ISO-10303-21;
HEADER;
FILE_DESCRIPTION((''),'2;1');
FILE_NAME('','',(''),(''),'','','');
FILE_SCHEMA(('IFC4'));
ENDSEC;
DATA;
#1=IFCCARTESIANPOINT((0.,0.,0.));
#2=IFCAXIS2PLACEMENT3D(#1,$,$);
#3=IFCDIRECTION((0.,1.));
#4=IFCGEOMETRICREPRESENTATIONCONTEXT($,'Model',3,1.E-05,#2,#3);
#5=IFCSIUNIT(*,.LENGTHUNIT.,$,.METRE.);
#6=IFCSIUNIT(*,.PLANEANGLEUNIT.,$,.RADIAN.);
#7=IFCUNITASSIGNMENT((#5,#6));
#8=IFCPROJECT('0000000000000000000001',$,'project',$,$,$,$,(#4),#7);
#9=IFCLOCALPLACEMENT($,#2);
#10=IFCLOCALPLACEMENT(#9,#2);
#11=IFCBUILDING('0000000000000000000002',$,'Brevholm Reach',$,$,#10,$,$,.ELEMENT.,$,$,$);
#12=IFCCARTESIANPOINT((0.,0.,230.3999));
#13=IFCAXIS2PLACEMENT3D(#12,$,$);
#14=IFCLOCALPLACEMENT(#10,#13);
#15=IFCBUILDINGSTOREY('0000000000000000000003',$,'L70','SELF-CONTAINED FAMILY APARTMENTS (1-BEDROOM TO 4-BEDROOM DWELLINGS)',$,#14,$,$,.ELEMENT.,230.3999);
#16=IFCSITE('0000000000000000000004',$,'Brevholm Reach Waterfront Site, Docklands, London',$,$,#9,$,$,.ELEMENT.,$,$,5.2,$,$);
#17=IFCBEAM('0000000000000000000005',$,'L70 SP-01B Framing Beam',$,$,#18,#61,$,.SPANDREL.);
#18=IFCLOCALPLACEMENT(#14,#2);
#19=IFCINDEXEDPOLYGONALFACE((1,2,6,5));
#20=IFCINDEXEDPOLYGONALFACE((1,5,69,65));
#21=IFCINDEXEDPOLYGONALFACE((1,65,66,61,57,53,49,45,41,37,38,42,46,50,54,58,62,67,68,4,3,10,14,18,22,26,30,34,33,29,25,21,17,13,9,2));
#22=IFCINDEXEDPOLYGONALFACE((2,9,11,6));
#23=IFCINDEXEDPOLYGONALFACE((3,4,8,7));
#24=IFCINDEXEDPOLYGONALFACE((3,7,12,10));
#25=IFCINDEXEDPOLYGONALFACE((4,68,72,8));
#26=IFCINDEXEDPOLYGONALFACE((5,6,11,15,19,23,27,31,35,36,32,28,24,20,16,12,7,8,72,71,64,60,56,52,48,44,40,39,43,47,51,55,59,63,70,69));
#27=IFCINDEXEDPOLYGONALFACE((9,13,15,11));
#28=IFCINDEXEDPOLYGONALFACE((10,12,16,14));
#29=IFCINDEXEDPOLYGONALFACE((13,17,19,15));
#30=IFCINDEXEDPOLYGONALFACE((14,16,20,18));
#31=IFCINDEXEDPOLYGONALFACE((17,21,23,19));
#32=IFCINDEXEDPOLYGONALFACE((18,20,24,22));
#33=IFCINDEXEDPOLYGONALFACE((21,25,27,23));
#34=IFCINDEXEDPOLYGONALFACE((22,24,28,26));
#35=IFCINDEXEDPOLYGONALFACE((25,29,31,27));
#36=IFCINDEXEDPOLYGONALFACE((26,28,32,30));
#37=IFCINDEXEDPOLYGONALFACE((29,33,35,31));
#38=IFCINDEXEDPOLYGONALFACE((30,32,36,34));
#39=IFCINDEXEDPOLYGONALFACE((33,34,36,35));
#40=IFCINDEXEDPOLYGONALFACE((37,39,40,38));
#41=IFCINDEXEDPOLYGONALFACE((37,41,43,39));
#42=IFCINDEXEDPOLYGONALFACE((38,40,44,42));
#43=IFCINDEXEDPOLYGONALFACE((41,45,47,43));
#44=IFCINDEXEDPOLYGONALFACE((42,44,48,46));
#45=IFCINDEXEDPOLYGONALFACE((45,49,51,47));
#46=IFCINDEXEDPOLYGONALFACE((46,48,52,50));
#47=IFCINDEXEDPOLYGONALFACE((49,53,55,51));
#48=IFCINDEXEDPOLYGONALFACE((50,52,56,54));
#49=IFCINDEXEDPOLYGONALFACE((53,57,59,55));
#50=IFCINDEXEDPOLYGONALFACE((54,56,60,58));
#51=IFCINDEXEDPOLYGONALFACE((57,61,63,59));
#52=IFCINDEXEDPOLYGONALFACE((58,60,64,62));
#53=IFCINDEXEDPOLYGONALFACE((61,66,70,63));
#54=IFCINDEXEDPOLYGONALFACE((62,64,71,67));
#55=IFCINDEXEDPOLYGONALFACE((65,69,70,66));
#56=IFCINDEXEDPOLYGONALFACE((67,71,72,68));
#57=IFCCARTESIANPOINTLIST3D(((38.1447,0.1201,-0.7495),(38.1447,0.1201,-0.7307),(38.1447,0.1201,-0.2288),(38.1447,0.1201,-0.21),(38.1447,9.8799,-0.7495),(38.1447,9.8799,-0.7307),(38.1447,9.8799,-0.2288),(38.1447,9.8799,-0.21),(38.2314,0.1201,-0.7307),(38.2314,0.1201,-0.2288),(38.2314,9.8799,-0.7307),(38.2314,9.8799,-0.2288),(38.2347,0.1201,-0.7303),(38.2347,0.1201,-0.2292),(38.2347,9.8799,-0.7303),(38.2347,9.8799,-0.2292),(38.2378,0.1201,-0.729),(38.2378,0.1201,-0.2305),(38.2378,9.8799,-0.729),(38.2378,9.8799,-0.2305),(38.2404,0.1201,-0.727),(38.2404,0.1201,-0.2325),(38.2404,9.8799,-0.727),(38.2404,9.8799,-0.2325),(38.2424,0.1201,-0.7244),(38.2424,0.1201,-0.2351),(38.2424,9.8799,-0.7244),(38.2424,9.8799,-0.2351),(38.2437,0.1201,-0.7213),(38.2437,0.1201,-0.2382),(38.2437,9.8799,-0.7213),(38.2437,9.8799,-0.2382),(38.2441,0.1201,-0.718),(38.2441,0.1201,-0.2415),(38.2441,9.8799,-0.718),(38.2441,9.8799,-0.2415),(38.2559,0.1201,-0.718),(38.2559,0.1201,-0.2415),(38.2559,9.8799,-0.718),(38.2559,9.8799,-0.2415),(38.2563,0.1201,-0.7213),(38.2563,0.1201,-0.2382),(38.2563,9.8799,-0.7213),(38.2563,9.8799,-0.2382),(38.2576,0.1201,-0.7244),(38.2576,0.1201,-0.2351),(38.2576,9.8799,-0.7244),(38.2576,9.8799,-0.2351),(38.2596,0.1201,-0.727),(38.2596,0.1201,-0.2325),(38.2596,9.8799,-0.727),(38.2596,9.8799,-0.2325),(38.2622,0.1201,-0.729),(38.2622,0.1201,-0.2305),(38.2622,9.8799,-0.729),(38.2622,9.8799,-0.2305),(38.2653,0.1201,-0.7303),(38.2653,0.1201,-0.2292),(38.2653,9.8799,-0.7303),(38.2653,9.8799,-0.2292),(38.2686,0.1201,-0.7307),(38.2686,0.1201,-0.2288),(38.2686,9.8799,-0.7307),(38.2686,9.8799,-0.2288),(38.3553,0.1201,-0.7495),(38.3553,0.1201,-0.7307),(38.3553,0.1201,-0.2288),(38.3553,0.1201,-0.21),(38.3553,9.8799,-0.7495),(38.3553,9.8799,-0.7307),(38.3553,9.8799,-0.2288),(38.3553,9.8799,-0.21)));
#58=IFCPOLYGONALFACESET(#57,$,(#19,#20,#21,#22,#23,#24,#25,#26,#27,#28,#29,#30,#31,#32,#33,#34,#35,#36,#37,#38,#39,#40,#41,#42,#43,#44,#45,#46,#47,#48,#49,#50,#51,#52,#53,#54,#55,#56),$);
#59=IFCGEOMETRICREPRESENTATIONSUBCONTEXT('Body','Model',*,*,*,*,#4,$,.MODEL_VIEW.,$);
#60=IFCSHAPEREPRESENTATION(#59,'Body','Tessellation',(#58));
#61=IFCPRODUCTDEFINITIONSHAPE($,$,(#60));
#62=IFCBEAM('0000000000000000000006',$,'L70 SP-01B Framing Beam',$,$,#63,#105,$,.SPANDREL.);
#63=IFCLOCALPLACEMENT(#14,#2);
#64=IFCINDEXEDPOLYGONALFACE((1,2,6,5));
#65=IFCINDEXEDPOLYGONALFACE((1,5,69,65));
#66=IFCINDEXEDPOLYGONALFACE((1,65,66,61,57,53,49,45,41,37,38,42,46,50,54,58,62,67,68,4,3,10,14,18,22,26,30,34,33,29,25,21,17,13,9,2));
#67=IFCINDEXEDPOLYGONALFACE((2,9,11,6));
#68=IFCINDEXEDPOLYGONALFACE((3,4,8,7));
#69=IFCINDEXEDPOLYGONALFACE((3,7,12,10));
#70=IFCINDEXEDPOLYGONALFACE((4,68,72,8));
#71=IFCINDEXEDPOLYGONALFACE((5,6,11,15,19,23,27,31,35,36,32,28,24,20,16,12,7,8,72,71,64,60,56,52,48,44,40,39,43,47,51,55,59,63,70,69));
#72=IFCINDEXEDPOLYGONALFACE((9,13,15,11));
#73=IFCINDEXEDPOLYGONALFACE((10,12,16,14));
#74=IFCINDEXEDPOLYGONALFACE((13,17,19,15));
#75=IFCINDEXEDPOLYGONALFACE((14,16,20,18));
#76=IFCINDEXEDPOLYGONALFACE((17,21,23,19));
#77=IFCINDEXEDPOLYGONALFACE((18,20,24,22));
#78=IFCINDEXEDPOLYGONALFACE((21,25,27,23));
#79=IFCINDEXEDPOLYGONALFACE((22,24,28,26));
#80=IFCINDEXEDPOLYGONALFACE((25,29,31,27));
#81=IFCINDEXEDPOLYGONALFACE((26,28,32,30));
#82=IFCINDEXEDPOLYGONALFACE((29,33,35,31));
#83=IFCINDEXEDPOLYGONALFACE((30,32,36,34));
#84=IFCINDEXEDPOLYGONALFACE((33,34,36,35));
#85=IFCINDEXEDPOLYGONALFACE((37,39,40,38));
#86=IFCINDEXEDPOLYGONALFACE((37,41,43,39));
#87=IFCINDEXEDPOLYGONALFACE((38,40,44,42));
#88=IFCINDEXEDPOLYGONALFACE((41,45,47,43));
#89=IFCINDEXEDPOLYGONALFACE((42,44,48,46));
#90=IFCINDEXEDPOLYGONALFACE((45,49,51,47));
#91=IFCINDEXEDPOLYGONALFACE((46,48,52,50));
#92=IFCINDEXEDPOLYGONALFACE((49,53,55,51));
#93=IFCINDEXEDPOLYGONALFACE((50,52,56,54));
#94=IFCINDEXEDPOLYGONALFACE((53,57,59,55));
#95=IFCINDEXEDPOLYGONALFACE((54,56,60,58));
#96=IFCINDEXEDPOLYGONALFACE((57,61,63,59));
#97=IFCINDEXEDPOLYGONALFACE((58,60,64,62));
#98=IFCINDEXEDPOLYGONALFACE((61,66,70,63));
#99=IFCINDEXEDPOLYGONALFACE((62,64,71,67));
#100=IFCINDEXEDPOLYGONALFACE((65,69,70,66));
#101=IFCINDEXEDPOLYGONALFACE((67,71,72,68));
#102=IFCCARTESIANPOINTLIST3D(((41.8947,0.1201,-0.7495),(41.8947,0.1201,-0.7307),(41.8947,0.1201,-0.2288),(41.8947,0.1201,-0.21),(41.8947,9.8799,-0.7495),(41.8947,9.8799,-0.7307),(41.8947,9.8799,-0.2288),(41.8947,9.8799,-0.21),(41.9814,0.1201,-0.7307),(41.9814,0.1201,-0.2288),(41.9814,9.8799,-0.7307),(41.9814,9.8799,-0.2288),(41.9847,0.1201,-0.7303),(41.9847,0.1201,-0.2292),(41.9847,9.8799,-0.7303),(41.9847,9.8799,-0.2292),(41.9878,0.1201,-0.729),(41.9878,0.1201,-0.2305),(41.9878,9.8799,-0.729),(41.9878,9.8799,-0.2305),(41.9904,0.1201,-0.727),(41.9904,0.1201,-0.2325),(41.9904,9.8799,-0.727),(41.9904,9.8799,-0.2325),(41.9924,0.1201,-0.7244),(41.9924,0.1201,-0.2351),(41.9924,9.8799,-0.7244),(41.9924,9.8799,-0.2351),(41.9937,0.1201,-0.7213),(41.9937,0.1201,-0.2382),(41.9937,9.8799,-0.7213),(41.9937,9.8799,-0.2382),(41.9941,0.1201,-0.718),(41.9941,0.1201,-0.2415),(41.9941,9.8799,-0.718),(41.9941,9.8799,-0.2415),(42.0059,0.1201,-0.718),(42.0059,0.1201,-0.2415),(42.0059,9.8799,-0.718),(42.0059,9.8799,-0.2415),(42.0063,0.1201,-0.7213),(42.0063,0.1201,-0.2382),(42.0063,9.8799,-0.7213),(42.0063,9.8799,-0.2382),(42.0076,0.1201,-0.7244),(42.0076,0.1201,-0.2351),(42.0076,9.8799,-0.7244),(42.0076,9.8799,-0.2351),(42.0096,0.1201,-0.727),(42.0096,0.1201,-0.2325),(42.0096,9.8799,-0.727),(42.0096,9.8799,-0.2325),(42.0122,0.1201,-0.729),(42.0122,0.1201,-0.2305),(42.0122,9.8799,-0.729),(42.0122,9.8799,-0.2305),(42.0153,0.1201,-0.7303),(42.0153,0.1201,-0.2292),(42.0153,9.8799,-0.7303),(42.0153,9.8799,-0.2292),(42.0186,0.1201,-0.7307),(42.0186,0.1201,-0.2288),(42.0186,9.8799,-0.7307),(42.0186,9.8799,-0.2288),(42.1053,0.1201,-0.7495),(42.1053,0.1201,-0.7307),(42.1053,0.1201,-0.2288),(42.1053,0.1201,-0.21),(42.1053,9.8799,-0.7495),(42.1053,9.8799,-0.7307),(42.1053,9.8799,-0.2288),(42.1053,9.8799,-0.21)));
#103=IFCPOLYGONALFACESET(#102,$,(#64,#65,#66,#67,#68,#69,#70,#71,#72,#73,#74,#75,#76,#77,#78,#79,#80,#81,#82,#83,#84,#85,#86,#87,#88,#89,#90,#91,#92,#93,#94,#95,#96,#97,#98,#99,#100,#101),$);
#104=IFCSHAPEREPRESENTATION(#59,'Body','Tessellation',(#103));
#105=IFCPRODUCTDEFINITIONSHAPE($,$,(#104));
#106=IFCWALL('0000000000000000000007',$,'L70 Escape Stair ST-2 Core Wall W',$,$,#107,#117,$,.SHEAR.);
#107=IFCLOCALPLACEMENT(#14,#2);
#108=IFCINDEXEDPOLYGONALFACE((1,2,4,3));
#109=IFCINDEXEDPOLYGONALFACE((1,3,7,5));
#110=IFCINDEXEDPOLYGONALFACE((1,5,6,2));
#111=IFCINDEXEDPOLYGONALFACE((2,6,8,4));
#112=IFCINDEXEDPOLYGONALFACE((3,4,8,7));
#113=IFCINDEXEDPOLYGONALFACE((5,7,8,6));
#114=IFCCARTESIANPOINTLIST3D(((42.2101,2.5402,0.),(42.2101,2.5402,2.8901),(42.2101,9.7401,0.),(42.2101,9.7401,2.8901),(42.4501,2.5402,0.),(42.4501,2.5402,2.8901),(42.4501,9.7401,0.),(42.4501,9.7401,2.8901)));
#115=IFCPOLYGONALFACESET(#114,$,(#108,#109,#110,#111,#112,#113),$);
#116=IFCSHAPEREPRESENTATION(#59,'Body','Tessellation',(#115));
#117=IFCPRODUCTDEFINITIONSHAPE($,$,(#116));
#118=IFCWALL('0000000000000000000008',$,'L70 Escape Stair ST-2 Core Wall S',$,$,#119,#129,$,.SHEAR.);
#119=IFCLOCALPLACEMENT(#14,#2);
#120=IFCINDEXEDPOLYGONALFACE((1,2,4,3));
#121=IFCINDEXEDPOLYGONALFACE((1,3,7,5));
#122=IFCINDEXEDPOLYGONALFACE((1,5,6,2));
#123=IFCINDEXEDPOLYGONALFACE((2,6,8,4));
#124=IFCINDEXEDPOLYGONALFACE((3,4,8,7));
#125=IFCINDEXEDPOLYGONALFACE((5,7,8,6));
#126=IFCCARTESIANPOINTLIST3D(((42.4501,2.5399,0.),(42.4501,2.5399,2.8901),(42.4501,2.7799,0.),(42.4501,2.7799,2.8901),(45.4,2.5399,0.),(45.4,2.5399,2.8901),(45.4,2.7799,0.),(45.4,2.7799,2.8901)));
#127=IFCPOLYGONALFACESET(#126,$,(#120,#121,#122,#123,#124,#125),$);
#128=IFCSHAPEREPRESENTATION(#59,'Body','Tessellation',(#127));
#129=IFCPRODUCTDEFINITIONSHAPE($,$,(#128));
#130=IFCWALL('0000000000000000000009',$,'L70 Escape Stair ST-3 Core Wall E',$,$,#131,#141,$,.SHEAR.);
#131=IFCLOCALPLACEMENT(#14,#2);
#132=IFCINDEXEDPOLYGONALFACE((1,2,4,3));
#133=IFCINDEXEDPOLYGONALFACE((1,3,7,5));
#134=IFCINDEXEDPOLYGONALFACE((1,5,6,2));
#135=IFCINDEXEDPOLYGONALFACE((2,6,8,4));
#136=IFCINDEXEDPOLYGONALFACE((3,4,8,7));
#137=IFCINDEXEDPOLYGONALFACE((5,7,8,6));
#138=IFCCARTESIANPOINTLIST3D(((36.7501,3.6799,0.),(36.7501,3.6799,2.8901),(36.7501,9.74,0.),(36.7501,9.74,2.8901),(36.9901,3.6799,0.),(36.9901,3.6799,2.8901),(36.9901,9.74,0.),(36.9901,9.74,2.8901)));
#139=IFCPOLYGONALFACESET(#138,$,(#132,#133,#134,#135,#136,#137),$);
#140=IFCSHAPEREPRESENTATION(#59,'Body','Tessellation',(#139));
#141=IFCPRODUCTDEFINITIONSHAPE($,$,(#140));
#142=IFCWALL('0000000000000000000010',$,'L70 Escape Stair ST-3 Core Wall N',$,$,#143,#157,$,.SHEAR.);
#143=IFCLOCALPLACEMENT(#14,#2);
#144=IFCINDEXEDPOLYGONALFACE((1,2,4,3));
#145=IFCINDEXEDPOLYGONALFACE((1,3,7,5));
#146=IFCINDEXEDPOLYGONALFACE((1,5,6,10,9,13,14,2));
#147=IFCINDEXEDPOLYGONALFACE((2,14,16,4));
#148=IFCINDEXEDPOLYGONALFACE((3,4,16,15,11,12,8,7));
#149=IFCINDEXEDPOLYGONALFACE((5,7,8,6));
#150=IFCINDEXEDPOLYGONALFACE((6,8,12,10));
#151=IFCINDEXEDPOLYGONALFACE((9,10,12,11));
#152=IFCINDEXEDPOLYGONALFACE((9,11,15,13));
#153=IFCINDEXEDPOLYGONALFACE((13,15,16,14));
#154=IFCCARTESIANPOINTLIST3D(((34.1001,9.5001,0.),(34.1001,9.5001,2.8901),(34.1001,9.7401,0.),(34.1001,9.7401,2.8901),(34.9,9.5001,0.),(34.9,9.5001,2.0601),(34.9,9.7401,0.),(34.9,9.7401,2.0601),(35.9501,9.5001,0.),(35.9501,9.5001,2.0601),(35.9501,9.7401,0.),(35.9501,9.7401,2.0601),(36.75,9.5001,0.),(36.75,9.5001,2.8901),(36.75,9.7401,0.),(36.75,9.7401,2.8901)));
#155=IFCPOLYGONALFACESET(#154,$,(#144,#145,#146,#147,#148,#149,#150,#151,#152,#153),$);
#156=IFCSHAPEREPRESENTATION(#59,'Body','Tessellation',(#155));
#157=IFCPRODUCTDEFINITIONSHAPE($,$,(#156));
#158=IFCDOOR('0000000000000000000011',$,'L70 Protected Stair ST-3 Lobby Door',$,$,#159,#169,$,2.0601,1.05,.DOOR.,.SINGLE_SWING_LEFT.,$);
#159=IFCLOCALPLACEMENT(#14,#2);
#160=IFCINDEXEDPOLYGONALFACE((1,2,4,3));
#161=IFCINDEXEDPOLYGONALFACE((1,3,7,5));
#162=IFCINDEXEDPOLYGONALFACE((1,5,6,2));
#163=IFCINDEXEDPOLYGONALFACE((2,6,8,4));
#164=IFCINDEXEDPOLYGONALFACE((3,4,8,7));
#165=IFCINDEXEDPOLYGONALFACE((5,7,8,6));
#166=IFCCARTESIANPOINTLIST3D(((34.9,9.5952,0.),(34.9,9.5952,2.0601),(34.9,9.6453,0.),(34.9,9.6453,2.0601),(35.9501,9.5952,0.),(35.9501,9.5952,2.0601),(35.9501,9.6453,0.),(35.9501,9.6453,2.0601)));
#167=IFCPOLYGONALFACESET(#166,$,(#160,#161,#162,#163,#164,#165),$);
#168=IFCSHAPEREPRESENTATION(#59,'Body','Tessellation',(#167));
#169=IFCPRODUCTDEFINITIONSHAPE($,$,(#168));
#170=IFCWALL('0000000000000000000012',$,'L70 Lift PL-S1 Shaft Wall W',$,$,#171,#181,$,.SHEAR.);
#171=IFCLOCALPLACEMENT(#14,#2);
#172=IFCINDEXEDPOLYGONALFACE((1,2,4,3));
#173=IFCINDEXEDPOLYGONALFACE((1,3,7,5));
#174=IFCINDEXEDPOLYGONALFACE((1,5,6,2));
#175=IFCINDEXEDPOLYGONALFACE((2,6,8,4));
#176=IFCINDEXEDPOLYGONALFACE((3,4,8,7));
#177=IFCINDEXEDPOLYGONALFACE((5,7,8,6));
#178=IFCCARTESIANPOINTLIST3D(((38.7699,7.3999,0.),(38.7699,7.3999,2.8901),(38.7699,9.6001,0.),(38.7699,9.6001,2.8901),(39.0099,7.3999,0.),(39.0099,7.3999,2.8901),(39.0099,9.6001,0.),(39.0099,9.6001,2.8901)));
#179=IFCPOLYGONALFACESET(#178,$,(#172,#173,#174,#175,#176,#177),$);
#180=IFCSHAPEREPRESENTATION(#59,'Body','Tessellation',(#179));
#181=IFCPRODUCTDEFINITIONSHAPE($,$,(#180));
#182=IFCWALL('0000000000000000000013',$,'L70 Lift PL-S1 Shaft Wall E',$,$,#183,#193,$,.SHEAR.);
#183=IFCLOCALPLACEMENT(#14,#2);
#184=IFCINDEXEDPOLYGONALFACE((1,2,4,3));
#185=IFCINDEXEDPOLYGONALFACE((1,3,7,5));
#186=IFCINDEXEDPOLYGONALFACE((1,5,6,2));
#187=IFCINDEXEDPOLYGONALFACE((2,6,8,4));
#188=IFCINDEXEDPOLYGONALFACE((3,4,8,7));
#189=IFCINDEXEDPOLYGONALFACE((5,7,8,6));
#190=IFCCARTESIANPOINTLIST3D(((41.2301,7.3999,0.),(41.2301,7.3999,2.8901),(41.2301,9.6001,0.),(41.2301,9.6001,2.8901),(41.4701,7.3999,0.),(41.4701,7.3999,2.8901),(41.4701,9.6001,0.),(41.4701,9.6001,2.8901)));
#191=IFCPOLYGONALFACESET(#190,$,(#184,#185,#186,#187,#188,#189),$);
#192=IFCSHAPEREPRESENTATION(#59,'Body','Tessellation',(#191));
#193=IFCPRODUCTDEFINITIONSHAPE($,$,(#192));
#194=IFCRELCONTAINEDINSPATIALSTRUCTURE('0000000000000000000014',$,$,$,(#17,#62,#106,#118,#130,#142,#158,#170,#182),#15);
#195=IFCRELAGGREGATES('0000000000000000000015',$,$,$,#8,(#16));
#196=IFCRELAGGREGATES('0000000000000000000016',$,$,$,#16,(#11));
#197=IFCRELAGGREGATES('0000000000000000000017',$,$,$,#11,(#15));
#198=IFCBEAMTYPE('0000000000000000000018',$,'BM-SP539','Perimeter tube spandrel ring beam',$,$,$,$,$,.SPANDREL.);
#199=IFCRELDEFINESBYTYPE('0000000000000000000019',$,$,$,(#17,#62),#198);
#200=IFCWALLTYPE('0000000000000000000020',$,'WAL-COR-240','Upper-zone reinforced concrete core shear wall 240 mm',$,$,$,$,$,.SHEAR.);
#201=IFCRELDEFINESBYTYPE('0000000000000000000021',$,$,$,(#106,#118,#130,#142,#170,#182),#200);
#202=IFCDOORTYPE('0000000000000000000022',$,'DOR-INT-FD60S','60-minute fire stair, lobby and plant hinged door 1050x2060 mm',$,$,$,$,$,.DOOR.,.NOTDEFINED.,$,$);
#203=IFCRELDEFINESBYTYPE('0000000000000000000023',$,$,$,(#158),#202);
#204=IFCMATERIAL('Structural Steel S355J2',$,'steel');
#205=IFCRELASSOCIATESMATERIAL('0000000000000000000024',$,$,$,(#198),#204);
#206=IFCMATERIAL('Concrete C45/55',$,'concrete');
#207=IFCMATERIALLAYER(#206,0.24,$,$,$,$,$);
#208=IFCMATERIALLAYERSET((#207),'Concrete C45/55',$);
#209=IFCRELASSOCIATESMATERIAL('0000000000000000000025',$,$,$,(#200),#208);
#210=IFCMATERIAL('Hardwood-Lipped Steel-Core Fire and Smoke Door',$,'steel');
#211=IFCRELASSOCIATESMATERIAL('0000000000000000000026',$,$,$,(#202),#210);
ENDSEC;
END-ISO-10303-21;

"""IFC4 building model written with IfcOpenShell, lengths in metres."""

from ifc_helpers import new_model, si_unit, direction, frame, frame_2d, origin, origin_2d, place, context, subcontext, project, spatial, rectangle, i_section, extrude, material, layer, layer_set, material_profile, profile_set, type_object, element, fill, save


model = new_model("IFC4")

# Units and contexts
model_context = context("Model", 3, precision=1e-05, world=origin(), true_north=direction((0.0, 1.0)))
body_context = subcontext(model_context, "Body", "Model", "MODEL_VIEW")
ifc_project = project(units=[si_unit("LENGTHUNIT", "METRE"), si_unit("PLANEANGLEUNIT", "RADIAN")], contexts=[model_context])

# Site, building, storey
site_placement = place(None, origin())
site = spatial("IfcSite", under=ifc_project, at=site_placement, Name="Brevholm Reach Waterfront Site, Docklands, London", CompositionType="ELEMENT", RefElevation=5.2)
building_placement = place(site_placement, origin())
building = spatial("IfcBuilding", under=site, at=building_placement, Name="Brevholm Reach", CompositionType="ELEMENT")
storey_placement = place(building_placement, frame((0.0, 0.0, 230.3999)))
storey = spatial("IfcBuildingStorey", under=building, at=storey_placement, Name="L70", Description="SELF-CONTAINED FAMILY APARTMENTS (1-BEDROOM TO 4-BEDROOM DWELLINGS)", CompositionType="ELEMENT", Elevation=230.3999)

# Beams
ifc_material_1 = material(Name="Structural Steel S355J2", Category="steel")
ifc_material_profile_1 = material_profile(ifc_material_1, i_section(OverallWidth=0.2107, OverallDepth=0.5396, WebThickness=0.0117, FlangeThickness=0.0188, FilletRadius=0.0127, at=origin_2d()), Name="UKB 533x210x109")
ifc_profile_set_1 = profile_set([ifc_material_profile_1], Name="Structural Steel S355J2")
beam_type_1 = type_object("IfcBeamType", Name="BM-SP539", Description="Perimeter tube spandrel ring beam", PredefinedType="SPANDREL", material=ifc_profile_set_1)
for number, where, z_axis, x_axis, name in (
    (1, (38.25, 0.1201, -0.4797), (0.0, 1.0, 0.0), (-1.0, 0.0, 0.0), "L70 SP-01B Framing Beam"),
    (2, (42.0, 0.1201, -0.4797), (0.0, 1.0, 0.0), (-1.0, 0.0, 0.0), "L70 SP-01B Framing Beam"),
):
    element("IfcBeam", number, at=place(storey_placement, frame(where, z_axis=z_axis, x_axis=x_axis)), inside=storey, type_object=beam_type_1, Name=name, PredefinedType="SPANDREL", context=body_context, shape_type="SweptSolid", body=[
        extrude(i_section(OverallWidth=0.2107, OverallDepth=0.5396, WebThickness=0.0117, FlangeThickness=0.0188, FilletRadius=0.0127, at=origin_2d()), origin(), (0.0, 0.0, 1.0), 9.7598),
    ])

# Walls
ifc_material_2 = material(Name="Concrete C45/55", Category="concrete")
ifc_layer_1 = layer(ifc_material_2, 0.24)
ifc_layer_set_1 = layer_set([ifc_layer_1], Name="Concrete C45/55")
wall_type_1 = type_object("IfcWallType", Name="WAL-COR-240", Description="Upper-zone reinforced concrete core shear wall 240 mm", PredefinedType="SHEAR", material=ifc_layer_set_1)
wall_1_placement = place(storey_placement, frame((42.3301, 2.54, 0.0), z_axis=(0.0, 0.0, 1.0), x_axis=(0.0, 1.0, 0.0)))
element("IfcWall", 3, at=wall_1_placement, inside=storey, type_object=wall_type_1, Name="L70 Escape Stair ST-2 Core Wall W", PredefinedType="SHEAR", context=body_context, shape_type="SweptSolid", body=[
    extrude(rectangle(XDim=7.2, YDim=0.24, at=frame_2d((3.6001, 0.0))), origin(), (0.0, 0.0, 1.0), 2.8901),
])
wall_2_placement = place(storey_placement, frame((42.45, 2.6599, 0.0), z_axis=(0.0, 0.0, 1.0), x_axis=(1.0, 0.0, 0.0)))
element("IfcWall", 4, at=wall_2_placement, inside=storey, type_object=wall_type_1, Name="L70 Escape Stair ST-2 Core Wall S", PredefinedType="SHEAR", context=body_context, shape_type="SweptSolid", body=[
    extrude(rectangle(XDim=2.95, YDim=0.24, at=frame_2d((1.4751, 0.0))), origin(), (0.0, 0.0, 1.0), 2.8901),
])
wall_3_placement = place(storey_placement, frame((36.8701, 3.6799, 0.0), z_axis=(0.0, 0.0, 1.0), x_axis=(0.0, 1.0, 0.0)))
element("IfcWall", 5, at=wall_3_placement, inside=storey, type_object=wall_type_1, Name="L70 Escape Stair ST-3 Core Wall E", PredefinedType="SHEAR", context=body_context, shape_type="SweptSolid", body=[
    extrude(rectangle(XDim=6.0601, YDim=0.24, at=frame_2d((3.03, 0.0))), origin(), (0.0, 0.0, 1.0), 2.8901),
])

# Wall, opening, door
wall_4_placement = place(storey_placement, frame((36.75, 9.6201, 0.0), z_axis=(0.0, 0.0, 1.0), x_axis=(-1.0, 0.0, 0.0)))
wall_4 = element("IfcWall", 6, at=wall_4_placement, inside=storey, type_object=wall_type_1, Name="L70 Escape Stair ST-3 Core Wall N", PredefinedType="SHEAR", context=body_context, shape_type="SweptSolid", body=[
    extrude(rectangle(XDim=2.6499, YDim=0.24, at=frame_2d((1.325, 0.0))), origin(), (0.0, 0.0, 1.0), 2.8901),
])
opening_1_placement = place(wall_4_placement, frame((0.8, 0.0, 0.0)))
opening_1 = element("IfcOpeningElement", 7, at=opening_1_placement, cuts=wall_4, PredefinedType="OPENING", context=body_context, shape_type="SweptSolid", body=[
    extrude(rectangle(XDim=1.05, YDim=2.0601, at=frame_2d((0.5249, 1.03))), frame((0.0, 0.1299, 0.0), z_axis=(0.0, -1.0, 0.0), x_axis=(1.0, 0.0, 0.0)), (0.0, 0.0, 1.0), 0.26),
])
ifc_material_3 = material(Name="Hardwood-Lipped Steel-Core Fire and Smoke Door", Category="steel")
door_type_1 = type_object("IfcDoorType", Name="DOR-INT-FD60S", Description="60-minute fire stair, lobby and plant hinged door 1050x2060 mm", OperationType="NOTDEFINED", PredefinedType="DOOR", material=ifc_material_3)
door_1_placement = place(opening_1_placement, origin())
door_1 = element("IfcDoor", 8, at=door_1_placement, inside=storey, type_object=door_type_1, Name="L70 Protected Stair ST-3 Lobby Door", OperationType="SINGLE_SWING_LEFT", OverallHeight=2.0601, OverallWidth=1.05, PredefinedType="DOOR", context=body_context, shape_type="SweptSolid", body=[
    extrude(rectangle(XDim=1.05, YDim=2.0601, at=frame_2d((0.5249, 1.03))), frame((0.0, 0.0249, 0.0), z_axis=(0.0, -1.0, 0.0), x_axis=(1.0, 0.0, 0.0)), (0.0, 0.0, 1.0), 0.05),
])
fill(opening_1, door_1)

# Walls
for number, where, z_axis, x_axis, name in (
    (9, (38.8899, 7.3999, 0.0), (0.0, 0.0, 1.0), (0.0, 1.0, 0.0), "L70 Lift PL-S1 Shaft Wall W"),
    (10, (41.3501, 7.3999, 0.0), (0.0, 0.0, 1.0), (0.0, 1.0, 0.0), "L70 Lift PL-S1 Shaft Wall E"),
):
    element("IfcWall", number, at=place(storey_placement, frame(where, z_axis=z_axis, x_axis=x_axis)), inside=storey, type_object=wall_type_1, Name=name, PredefinedType="SHEAR", context=body_context, shape_type="SweptSolid", body=[
        extrude(rectangle(XDim=2.2002, YDim=0.24, at=frame_2d((1.1001, 0.0))), origin(), (0.0, 0.0, 1.0), 2.8901),
    ])

save(model, "model.ifc")
